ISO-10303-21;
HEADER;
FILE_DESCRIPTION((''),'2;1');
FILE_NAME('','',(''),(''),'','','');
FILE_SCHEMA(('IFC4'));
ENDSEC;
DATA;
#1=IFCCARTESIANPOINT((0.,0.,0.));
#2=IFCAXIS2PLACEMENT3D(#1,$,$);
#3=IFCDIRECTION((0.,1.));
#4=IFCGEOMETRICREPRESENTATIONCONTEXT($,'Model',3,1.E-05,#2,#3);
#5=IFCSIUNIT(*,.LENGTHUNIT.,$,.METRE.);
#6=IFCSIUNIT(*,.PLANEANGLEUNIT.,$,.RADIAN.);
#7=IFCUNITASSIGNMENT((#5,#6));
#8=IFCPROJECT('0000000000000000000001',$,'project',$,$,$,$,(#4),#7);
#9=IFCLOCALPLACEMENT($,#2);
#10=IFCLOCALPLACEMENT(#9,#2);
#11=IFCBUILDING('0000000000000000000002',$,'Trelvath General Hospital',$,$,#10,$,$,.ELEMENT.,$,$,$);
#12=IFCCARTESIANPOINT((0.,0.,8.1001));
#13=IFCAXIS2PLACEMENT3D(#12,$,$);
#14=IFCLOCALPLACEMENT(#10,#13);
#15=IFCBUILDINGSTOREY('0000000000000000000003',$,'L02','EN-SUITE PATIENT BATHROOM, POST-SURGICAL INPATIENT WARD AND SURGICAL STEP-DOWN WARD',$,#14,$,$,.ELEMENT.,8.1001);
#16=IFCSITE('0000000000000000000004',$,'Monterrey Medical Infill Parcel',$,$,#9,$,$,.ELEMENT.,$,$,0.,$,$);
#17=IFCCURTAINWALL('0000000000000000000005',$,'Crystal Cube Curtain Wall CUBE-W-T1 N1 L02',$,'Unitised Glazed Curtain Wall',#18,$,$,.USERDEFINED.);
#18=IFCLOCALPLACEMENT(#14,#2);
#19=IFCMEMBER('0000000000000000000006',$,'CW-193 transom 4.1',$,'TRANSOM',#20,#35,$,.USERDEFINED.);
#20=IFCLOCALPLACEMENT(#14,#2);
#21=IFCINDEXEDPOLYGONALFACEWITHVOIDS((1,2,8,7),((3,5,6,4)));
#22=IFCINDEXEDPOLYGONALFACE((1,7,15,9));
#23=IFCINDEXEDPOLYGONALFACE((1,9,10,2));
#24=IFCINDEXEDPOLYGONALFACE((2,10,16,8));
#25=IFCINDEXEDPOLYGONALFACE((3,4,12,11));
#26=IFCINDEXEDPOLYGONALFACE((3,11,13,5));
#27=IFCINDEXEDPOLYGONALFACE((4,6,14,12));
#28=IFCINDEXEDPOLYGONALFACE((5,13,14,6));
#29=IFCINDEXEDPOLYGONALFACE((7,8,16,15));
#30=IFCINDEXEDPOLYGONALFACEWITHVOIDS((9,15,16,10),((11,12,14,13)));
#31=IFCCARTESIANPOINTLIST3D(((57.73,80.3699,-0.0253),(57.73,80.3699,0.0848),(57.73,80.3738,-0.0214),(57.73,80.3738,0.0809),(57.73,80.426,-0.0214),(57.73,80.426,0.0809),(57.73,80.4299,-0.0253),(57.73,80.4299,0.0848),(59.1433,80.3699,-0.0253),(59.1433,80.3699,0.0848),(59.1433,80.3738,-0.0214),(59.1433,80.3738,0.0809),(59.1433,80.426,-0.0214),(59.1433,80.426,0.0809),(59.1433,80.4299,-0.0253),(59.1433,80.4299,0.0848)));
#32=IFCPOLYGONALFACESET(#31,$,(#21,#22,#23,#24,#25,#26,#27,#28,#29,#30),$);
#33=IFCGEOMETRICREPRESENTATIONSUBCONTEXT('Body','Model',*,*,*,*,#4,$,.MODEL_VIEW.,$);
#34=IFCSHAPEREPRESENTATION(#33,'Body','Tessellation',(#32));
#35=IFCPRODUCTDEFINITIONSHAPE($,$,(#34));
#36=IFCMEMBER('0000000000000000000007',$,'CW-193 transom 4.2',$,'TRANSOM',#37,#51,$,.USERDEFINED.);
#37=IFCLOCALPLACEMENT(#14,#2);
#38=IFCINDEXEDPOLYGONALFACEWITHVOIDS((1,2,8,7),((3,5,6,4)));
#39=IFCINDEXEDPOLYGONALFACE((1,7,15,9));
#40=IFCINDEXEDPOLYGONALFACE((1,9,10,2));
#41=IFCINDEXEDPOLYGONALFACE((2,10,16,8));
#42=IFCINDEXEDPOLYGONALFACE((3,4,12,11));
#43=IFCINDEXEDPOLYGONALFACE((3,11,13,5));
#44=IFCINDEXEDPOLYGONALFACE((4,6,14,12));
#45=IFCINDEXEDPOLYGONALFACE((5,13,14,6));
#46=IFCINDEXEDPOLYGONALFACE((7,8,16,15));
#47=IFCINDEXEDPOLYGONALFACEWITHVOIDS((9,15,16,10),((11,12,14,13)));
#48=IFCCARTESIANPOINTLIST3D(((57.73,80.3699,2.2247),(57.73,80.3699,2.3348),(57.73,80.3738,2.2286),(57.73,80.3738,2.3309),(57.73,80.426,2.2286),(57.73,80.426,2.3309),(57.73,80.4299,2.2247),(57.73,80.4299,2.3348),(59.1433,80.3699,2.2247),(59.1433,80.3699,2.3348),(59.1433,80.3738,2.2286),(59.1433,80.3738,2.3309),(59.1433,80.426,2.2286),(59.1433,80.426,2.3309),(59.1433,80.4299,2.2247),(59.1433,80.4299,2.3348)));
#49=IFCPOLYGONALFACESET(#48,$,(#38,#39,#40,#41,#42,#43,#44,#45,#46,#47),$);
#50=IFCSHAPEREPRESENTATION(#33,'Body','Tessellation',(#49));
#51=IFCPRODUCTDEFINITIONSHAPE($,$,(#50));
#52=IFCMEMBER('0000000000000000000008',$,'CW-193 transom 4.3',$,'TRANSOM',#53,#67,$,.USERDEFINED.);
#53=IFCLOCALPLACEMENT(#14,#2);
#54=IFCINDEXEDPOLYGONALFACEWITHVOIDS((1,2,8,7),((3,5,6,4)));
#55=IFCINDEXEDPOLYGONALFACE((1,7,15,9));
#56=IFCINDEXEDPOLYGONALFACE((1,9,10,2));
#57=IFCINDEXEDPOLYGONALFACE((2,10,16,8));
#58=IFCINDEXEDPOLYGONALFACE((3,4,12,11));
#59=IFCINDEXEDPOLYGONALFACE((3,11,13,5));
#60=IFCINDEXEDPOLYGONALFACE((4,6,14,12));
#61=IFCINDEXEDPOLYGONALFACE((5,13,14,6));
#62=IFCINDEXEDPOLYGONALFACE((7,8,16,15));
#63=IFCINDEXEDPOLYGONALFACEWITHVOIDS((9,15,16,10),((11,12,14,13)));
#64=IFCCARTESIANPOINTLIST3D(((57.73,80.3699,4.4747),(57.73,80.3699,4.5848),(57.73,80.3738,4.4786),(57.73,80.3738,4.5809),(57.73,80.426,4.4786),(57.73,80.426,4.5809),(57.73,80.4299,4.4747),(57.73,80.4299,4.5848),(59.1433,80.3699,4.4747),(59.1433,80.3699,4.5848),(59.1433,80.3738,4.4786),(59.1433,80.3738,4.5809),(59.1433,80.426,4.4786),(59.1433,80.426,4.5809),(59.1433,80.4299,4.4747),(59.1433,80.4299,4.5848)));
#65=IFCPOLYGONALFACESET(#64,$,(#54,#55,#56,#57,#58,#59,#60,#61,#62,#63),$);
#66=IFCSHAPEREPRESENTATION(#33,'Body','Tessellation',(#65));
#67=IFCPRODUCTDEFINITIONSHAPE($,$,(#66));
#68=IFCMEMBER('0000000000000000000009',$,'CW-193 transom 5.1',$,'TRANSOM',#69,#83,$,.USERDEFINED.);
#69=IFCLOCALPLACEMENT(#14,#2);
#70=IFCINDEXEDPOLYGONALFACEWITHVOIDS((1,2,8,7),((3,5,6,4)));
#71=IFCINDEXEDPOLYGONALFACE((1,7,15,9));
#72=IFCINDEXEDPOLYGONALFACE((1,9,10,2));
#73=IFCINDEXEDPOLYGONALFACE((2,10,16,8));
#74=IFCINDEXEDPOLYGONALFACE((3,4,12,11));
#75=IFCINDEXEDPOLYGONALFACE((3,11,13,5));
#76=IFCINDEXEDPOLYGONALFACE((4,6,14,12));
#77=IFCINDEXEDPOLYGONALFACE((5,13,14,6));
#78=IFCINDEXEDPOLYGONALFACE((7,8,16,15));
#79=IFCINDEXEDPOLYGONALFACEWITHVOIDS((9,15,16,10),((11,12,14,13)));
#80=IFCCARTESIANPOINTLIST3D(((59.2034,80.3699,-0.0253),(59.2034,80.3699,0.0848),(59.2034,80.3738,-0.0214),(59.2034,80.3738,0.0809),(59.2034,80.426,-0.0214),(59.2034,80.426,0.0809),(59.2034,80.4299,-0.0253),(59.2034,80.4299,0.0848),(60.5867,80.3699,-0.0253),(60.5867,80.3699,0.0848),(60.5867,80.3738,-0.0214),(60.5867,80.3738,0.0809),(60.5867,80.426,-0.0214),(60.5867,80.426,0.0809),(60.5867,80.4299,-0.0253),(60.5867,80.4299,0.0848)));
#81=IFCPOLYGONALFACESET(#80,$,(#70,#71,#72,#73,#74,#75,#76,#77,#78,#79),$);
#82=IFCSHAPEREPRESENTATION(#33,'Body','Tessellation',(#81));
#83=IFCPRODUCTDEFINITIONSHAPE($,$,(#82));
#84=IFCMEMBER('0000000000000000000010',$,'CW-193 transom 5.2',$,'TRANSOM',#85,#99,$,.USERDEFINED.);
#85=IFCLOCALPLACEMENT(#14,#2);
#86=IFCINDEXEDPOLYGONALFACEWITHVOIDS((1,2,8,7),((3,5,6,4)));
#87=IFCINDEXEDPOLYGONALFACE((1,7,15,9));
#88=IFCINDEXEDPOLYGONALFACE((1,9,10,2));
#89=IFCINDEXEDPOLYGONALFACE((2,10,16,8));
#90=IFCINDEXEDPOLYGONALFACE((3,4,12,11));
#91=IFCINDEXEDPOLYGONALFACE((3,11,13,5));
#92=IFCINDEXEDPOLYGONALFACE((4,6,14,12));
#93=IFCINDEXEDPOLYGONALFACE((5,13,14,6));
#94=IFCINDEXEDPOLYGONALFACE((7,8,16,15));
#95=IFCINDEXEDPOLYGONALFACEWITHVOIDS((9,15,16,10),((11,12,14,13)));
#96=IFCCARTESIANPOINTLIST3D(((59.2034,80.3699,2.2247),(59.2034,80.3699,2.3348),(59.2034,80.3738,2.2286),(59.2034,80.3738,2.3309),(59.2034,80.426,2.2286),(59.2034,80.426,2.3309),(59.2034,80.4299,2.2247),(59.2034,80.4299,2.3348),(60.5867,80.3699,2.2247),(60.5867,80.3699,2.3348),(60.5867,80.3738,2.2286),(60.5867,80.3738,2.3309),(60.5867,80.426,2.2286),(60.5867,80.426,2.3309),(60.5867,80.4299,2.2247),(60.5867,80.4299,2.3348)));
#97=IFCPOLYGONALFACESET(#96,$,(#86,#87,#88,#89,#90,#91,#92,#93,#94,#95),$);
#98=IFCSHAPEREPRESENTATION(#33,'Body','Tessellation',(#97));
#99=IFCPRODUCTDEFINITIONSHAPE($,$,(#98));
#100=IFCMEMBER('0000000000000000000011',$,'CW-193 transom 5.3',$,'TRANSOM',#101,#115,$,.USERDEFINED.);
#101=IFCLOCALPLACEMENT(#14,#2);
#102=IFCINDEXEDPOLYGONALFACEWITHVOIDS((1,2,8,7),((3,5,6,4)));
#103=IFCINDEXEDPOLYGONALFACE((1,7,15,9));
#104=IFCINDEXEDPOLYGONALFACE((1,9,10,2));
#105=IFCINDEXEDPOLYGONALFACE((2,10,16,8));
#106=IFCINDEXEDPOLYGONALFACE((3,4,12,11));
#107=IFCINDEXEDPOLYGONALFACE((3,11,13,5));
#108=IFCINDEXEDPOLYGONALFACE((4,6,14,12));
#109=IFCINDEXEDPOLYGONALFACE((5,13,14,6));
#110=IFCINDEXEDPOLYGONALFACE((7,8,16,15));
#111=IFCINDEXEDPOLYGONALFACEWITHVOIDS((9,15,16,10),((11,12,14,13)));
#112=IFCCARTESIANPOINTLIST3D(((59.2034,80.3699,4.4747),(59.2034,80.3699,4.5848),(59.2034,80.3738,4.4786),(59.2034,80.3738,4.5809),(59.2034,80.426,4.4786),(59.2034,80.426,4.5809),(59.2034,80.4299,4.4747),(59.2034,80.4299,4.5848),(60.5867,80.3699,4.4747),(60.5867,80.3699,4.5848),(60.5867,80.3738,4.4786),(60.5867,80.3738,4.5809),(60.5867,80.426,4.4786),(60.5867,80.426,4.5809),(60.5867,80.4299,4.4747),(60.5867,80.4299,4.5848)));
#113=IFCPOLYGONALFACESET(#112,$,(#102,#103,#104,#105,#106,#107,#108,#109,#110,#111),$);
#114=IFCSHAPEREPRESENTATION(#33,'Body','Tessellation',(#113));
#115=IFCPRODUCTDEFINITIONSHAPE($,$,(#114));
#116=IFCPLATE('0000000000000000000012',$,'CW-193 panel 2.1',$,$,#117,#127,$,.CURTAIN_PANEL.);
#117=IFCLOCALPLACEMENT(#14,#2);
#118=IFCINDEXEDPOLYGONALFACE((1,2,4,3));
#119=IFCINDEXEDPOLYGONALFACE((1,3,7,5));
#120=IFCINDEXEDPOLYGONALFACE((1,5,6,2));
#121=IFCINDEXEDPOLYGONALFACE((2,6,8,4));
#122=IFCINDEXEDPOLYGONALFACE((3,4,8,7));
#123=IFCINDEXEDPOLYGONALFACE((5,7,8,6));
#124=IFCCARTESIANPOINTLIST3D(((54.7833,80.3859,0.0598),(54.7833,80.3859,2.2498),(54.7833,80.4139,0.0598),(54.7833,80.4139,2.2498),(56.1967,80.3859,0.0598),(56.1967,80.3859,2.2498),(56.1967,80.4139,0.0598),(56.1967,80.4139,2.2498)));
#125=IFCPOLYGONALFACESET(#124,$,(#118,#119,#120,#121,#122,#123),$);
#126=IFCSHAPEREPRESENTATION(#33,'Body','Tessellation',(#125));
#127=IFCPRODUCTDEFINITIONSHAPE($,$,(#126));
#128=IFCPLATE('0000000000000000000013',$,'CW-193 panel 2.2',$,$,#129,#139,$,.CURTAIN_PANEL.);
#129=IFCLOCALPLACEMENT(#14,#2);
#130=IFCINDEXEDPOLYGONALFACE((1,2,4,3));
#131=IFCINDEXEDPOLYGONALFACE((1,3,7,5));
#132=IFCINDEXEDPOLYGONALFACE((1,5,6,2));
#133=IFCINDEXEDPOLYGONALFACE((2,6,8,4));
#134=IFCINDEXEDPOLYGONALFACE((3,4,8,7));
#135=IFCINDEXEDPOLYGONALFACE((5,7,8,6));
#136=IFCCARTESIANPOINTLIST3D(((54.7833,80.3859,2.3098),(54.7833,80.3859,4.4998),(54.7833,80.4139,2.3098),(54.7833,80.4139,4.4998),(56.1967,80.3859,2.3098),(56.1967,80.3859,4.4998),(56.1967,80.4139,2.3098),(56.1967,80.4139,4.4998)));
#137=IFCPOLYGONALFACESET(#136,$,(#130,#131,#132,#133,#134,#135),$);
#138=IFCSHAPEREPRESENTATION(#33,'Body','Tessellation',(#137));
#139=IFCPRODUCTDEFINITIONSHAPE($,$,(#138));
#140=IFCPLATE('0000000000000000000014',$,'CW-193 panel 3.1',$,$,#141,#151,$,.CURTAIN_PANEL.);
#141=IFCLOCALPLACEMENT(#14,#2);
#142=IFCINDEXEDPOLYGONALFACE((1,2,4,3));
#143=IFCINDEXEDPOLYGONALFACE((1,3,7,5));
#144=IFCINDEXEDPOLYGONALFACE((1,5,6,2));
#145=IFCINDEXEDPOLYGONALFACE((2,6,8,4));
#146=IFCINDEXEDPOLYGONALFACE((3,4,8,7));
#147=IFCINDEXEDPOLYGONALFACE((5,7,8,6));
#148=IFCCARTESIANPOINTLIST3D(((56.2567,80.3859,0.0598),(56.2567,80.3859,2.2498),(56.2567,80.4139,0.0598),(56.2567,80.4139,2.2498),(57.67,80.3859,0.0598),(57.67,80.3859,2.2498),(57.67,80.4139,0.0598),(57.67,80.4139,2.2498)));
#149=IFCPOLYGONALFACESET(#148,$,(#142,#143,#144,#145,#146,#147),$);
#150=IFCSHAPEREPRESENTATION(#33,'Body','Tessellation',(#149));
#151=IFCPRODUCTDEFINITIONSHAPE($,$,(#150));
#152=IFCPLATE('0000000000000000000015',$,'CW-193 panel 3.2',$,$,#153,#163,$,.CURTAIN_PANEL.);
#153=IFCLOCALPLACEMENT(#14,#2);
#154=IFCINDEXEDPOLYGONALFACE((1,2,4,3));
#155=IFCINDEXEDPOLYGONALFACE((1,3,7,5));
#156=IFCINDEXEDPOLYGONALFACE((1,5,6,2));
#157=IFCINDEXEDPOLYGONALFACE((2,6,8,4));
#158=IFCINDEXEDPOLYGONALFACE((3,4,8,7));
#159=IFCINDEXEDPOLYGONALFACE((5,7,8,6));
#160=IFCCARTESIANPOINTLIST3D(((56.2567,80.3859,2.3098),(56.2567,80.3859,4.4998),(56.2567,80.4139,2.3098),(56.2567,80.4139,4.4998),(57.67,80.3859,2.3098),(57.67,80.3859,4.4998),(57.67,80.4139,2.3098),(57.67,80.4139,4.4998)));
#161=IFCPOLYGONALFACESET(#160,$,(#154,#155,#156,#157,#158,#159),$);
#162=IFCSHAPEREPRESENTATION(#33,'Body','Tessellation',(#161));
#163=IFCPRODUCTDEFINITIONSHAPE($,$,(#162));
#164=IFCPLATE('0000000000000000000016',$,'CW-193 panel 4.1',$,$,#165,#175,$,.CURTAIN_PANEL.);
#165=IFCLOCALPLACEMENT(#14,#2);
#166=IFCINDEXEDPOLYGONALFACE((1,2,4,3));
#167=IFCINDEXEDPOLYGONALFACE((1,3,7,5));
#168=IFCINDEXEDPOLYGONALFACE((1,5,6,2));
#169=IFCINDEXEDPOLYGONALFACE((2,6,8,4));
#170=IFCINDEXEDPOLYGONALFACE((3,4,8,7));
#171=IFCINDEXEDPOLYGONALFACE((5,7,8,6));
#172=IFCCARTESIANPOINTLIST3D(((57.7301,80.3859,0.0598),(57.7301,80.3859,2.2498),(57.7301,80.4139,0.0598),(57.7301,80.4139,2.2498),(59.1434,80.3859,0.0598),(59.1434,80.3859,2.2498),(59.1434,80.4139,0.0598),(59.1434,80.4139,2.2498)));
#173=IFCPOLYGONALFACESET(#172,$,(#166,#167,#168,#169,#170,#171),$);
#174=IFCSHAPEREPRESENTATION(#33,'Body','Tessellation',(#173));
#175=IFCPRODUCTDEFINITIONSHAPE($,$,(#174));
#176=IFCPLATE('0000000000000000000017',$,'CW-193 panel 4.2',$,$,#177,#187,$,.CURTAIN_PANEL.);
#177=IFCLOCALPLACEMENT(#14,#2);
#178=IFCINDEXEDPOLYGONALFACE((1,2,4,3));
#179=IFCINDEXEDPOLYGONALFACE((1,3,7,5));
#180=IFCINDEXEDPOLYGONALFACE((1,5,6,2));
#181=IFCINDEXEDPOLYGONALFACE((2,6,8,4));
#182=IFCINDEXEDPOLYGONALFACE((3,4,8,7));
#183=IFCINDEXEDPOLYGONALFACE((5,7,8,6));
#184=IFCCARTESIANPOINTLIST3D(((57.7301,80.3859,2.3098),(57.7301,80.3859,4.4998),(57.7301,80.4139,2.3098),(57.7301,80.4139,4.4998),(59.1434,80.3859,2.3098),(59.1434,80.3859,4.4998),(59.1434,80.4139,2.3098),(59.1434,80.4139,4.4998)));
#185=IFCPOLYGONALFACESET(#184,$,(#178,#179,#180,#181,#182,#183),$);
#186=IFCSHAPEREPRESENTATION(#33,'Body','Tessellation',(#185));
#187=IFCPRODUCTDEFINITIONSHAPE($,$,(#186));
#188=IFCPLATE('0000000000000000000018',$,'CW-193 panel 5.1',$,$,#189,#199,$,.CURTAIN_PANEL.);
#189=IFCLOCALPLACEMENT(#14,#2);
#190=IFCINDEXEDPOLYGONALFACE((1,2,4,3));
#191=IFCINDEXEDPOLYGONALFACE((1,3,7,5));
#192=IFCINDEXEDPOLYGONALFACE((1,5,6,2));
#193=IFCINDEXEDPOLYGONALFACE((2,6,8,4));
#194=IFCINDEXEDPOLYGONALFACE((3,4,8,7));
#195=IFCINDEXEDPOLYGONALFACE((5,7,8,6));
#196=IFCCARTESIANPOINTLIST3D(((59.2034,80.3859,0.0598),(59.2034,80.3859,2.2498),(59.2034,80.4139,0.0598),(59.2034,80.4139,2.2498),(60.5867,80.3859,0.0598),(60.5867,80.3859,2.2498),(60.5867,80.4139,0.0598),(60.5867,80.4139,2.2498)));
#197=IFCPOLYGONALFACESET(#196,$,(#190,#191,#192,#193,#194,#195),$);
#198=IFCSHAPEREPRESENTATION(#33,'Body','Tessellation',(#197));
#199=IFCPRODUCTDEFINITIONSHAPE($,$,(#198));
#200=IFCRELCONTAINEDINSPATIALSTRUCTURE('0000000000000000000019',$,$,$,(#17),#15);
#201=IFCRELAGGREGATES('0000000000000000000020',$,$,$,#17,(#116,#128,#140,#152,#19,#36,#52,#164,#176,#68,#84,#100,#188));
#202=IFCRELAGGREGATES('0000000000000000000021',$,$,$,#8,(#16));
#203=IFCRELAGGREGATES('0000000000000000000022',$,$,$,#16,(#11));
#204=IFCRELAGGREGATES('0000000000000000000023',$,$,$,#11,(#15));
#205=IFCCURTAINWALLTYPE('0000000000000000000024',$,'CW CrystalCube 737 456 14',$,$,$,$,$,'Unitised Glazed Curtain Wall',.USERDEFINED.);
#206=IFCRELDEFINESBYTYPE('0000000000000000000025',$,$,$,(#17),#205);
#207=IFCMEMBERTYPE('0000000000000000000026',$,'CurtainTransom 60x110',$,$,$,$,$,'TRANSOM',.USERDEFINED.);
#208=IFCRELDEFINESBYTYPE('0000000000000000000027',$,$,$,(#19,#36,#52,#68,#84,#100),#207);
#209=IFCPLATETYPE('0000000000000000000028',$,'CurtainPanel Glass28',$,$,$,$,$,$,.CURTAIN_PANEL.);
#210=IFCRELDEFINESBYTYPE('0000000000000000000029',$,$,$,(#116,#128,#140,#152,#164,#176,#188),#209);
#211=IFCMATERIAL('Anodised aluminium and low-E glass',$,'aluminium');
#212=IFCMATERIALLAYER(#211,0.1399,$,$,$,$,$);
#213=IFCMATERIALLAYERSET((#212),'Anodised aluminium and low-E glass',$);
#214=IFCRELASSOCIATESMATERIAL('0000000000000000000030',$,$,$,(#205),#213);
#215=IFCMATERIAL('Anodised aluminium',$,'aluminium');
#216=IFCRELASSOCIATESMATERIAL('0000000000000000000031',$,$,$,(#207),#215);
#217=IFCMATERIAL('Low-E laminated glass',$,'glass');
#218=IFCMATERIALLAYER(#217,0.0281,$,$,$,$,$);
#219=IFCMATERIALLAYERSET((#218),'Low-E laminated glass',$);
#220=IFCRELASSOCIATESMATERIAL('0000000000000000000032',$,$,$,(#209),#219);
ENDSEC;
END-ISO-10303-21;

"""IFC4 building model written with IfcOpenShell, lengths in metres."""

from ifc_helpers import new_model, si_unit, direction, frame, origin, origin_2d, place, context, subcontext, project, spatial, rectangle, hollow_rectangle, extrude, material, layer, layer_set, material_profile, profile_set, type_object, element, aggregate, save


model = new_model("IFC4")

# Units and contexts
model_context = context("Model", 3, precision=1e-05, world=origin(), true_north=direction((0.0, 1.0)))
body_context = subcontext(model_context, "Body", "Model", "MODEL_VIEW")
ifc_project = project(units=[si_unit("LENGTHUNIT", "METRE"), si_unit("PLANEANGLEUNIT", "RADIAN")], contexts=[model_context])

# Site, building, storey
site_placement = place(None, origin())
site = spatial("IfcSite", under=ifc_project, at=site_placement, Name="Monterrey Medical Infill Parcel", CompositionType="ELEMENT", RefElevation=0.0)
building_placement = place(site_placement, origin())
building = spatial("IfcBuilding", under=site, at=building_placement, Name="Trelvath General Hospital", CompositionType="ELEMENT")
storey_placement = place(building_placement, frame((0.0, 0.0, 8.1001)))
storey = spatial("IfcBuildingStorey", under=building, at=storey_placement, Name="L02", Description="EN-SUITE PATIENT BATHROOM, POST-SURGICAL INPATIENT WARD AND SURGICAL STEP-DOWN WARD", CompositionType="ELEMENT", Elevation=8.1001)

# Curtain wall
ifc_material_1 = material(Name="Anodised aluminium and low-E glass", Category="aluminium")
ifc_layer_1 = layer(ifc_material_1, 0.1399)
ifc_layer_set_1 = layer_set([ifc_layer_1], Name="Anodised aluminium and low-E glass")
curtain_wall_type_1 = type_object("IfcCurtainWallType", Name="CW CrystalCube 737 456 14", ElementType="Unitised Glazed Curtain Wall", PredefinedType="USERDEFINED", material=ifc_layer_set_1)
curtain_wall_1_placement = place(storey_placement, origin())
curtain_wall_1 = element("IfcCurtainWall", 1, at=curtain_wall_1_placement, inside=storey, type_object=curtain_wall_type_1, Name="Crystal Cube Curtain Wall CUBE-W-T1 N1 L02", ObjectType="Unitised Glazed Curtain Wall", PredefinedType="USERDEFINED")

# Members
ifc_material_2 = material(Name="Anodised aluminium", Category="aluminium")
ifc_material_profile_1 = material_profile(ifc_material_2, hollow_rectangle(XDim=0.0601, YDim=0.1101, WallThickness=0.0039, at=origin_2d()), Name="RHS60x110x4")
ifc_profile_set_1 = profile_set([ifc_material_profile_1], Name="Anodised aluminium")
member_type_1 = type_object("IfcMemberType", Name="CurtainTransom 60x110", ElementType="TRANSOM", PredefinedType="USERDEFINED", material=ifc_profile_set_1)
member_1_placement = place(storey_placement, frame((57.73, 80.3999, 0.0298), z_axis=(1.0, 0.0, 0.0), x_axis=(0.0, 1.0, 0.0)))
member_1 = element("IfcMember", 2, at=member_1_placement, type_object=member_type_1, Name="CW-193 transom 4.1", ObjectType="TRANSOM", PredefinedType="USERDEFINED", context=body_context, shape_type="SweptSolid", body=[
    extrude(hollow_rectangle(XDim=0.0601, YDim=0.1101, WallThickness=0.0039, at=origin_2d()), origin(), (0.0, 0.0, 1.0), 1.4133),
])
member_2_placement = place(storey_placement, frame((57.73, 80.3999, 2.2798), z_axis=(1.0, 0.0, 0.0), x_axis=(0.0, 1.0, 0.0)))
member_2 = element("IfcMember", 3, at=member_2_placement, type_object=member_type_1, Name="CW-193 transom 4.2", ObjectType="TRANSOM", PredefinedType="USERDEFINED", context=body_context, shape_type="SweptSolid", body=[
    extrude(hollow_rectangle(XDim=0.0601, YDim=0.1101, WallThickness=0.0039, at=origin_2d()), origin(), (0.0, 0.0, 1.0), 1.4133),
])
member_3_placement = place(storey_placement, frame((57.73, 80.3999, 4.5298), z_axis=(1.0, 0.0, 0.0), x_axis=(0.0, 1.0, 0.0)))
member_3 = element("IfcMember", 4, at=member_3_placement, type_object=member_type_1, Name="CW-193 transom 4.3", ObjectType="TRANSOM", PredefinedType="USERDEFINED", context=body_context, shape_type="SweptSolid", body=[
    extrude(hollow_rectangle(XDim=0.0601, YDim=0.1101, WallThickness=0.0039, at=origin_2d()), origin(), (0.0, 0.0, 1.0), 1.4133),
])
member_4_placement = place(storey_placement, frame((59.2034, 80.3999, 0.0298), z_axis=(1.0, 0.0, 0.0), x_axis=(0.0, 1.0, 0.0)))
member_4 = element("IfcMember", 5, at=member_4_placement, type_object=member_type_1, Name="CW-193 transom 5.1", ObjectType="TRANSOM", PredefinedType="USERDEFINED", context=body_context, shape_type="SweptSolid", body=[
    extrude(hollow_rectangle(XDim=0.0601, YDim=0.1101, WallThickness=0.0039, at=origin_2d()), origin(), (0.0, 0.0, 1.0), 1.3833),
])
member_5_placement = place(storey_placement, frame((59.2034, 80.3999, 2.2798), z_axis=(1.0, 0.0, 0.0), x_axis=(0.0, 1.0, 0.0)))
member_5 = element("IfcMember", 6, at=member_5_placement, type_object=member_type_1, Name="CW-193 transom 5.2", ObjectType="TRANSOM", PredefinedType="USERDEFINED", context=body_context, shape_type="SweptSolid", body=[
    extrude(hollow_rectangle(XDim=0.0601, YDim=0.1101, WallThickness=0.0039, at=origin_2d()), origin(), (0.0, 0.0, 1.0), 1.3833),
])
member_6_placement = place(storey_placement, frame((59.2034, 80.3999, 4.5298), z_axis=(1.0, 0.0, 0.0), x_axis=(0.0, 1.0, 0.0)))
member_6 = element("IfcMember", 7, at=member_6_placement, type_object=member_type_1, Name="CW-193 transom 5.3", ObjectType="TRANSOM", PredefinedType="USERDEFINED", context=body_context, shape_type="SweptSolid", body=[
    extrude(hollow_rectangle(XDim=0.0601, YDim=0.1101, WallThickness=0.0039, at=origin_2d()), origin(), (0.0, 0.0, 1.0), 1.3833),
])

# Plates
ifc_material_3 = material(Name="Low-E laminated glass", Category="glass")
ifc_layer_2 = layer(ifc_material_3, 0.0281)
ifc_layer_set_2 = layer_set([ifc_layer_2], Name="Low-E laminated glass")
plate_type = type_object("IfcPlateType", Name="CurtainPanel Glass28", PredefinedType="CURTAIN_PANEL", material=ifc_layer_set_2)
plate_1_placement = place(storey_placement, frame((55.49, 80.3999, 0.0598), z_axis=(0.0, 0.0, 1.0), x_axis=(1.0, 0.0, 0.0)))
plate_1 = element("IfcPlate", 8, at=plate_1_placement, type_object=plate_type, Name="CW-193 panel 2.1", PredefinedType="CURTAIN_PANEL", context=body_context, shape_type="SweptSolid", body=[
    extrude(rectangle(XDim=1.4133, YDim=0.0281, at=origin_2d()), origin(), (0.0, 0.0, 1.0), 2.1899),
])
plate_2_placement = place(storey_placement, frame((55.49, 80.3999, 2.3098), z_axis=(0.0, 0.0, 1.0), x_axis=(1.0, 0.0, 0.0)))
plate_2 = element("IfcPlate", 9, at=plate_2_placement, type_object=plate_type, Name="CW-193 panel 2.2", PredefinedType="CURTAIN_PANEL", context=body_context, shape_type="SweptSolid", body=[
    extrude(rectangle(XDim=1.4133, YDim=0.0281, at=origin_2d()), origin(), (0.0, 0.0, 1.0), 2.1899),
])
plate_3_placement = place(storey_placement, frame((56.9634, 80.3999, 0.0598), z_axis=(0.0, 0.0, 1.0), x_axis=(1.0, 0.0, 0.0)))
plate_3 = element("IfcPlate", 10, at=plate_3_placement, type_object=plate_type, Name="CW-193 panel 3.1", PredefinedType="CURTAIN_PANEL", context=body_context, shape_type="SweptSolid", body=[
    extrude(rectangle(XDim=1.4133, YDim=0.0281, at=origin_2d()), origin(), (0.0, 0.0, 1.0), 2.1899),
])
plate_4_placement = place(storey_placement, frame((56.9634, 80.3999, 2.3098), z_axis=(0.0, 0.0, 1.0), x_axis=(1.0, 0.0, 0.0)))
plate_4 = element("IfcPlate", 11, at=plate_4_placement, type_object=plate_type, Name="CW-193 panel 3.2", PredefinedType="CURTAIN_PANEL", context=body_context, shape_type="SweptSolid", body=[
    extrude(rectangle(XDim=1.4133, YDim=0.0281, at=origin_2d()), origin(), (0.0, 0.0, 1.0), 2.1899),
])
plate_5_placement = place(storey_placement, frame((58.4368, 80.3999, 0.0598), z_axis=(0.0, 0.0, 1.0), x_axis=(1.0, 0.0, 0.0)))
plate_5 = element("IfcPlate", 12, at=plate_5_placement, type_object=plate_type, Name="CW-193 panel 4.1", PredefinedType="CURTAIN_PANEL", context=body_context, shape_type="SweptSolid", body=[
    extrude(rectangle(XDim=1.4133, YDim=0.0281, at=origin_2d()), origin(), (0.0, 0.0, 1.0), 2.1899),
])
plate_6_placement = place(storey_placement, frame((58.4368, 80.3999, 2.3098), z_axis=(0.0, 0.0, 1.0), x_axis=(1.0, 0.0, 0.0)))
plate_6 = element("IfcPlate", 13, at=plate_6_placement, type_object=plate_type, Name="CW-193 panel 4.2", PredefinedType="CURTAIN_PANEL", context=body_context, shape_type="SweptSolid", body=[
    extrude(rectangle(XDim=1.4133, YDim=0.0281, at=origin_2d()), origin(), (0.0, 0.0, 1.0), 2.1899),
])
plate_7_placement = place(storey_placement, frame((59.895, 80.3999, 0.0598), z_axis=(0.0, 0.0, 1.0), x_axis=(1.0, 0.0, 0.0)))
plate_7 = element("IfcPlate", 14, at=plate_7_placement, type_object=plate_type, Name="CW-193 panel 5.1", PredefinedType="CURTAIN_PANEL", context=body_context, shape_type="SweptSolid", body=[
    extrude(rectangle(XDim=1.3833, YDim=0.0281, at=origin_2d()), origin(), (0.0, 0.0, 1.0), 2.1899),
])
aggregate(curtain_wall_1, [plate_1, plate_2, plate_3, plate_4, member_1, member_2, member_3, plate_5, plate_6, member_4, member_5, member_6, plate_7])

save(model, "model.ifc")
